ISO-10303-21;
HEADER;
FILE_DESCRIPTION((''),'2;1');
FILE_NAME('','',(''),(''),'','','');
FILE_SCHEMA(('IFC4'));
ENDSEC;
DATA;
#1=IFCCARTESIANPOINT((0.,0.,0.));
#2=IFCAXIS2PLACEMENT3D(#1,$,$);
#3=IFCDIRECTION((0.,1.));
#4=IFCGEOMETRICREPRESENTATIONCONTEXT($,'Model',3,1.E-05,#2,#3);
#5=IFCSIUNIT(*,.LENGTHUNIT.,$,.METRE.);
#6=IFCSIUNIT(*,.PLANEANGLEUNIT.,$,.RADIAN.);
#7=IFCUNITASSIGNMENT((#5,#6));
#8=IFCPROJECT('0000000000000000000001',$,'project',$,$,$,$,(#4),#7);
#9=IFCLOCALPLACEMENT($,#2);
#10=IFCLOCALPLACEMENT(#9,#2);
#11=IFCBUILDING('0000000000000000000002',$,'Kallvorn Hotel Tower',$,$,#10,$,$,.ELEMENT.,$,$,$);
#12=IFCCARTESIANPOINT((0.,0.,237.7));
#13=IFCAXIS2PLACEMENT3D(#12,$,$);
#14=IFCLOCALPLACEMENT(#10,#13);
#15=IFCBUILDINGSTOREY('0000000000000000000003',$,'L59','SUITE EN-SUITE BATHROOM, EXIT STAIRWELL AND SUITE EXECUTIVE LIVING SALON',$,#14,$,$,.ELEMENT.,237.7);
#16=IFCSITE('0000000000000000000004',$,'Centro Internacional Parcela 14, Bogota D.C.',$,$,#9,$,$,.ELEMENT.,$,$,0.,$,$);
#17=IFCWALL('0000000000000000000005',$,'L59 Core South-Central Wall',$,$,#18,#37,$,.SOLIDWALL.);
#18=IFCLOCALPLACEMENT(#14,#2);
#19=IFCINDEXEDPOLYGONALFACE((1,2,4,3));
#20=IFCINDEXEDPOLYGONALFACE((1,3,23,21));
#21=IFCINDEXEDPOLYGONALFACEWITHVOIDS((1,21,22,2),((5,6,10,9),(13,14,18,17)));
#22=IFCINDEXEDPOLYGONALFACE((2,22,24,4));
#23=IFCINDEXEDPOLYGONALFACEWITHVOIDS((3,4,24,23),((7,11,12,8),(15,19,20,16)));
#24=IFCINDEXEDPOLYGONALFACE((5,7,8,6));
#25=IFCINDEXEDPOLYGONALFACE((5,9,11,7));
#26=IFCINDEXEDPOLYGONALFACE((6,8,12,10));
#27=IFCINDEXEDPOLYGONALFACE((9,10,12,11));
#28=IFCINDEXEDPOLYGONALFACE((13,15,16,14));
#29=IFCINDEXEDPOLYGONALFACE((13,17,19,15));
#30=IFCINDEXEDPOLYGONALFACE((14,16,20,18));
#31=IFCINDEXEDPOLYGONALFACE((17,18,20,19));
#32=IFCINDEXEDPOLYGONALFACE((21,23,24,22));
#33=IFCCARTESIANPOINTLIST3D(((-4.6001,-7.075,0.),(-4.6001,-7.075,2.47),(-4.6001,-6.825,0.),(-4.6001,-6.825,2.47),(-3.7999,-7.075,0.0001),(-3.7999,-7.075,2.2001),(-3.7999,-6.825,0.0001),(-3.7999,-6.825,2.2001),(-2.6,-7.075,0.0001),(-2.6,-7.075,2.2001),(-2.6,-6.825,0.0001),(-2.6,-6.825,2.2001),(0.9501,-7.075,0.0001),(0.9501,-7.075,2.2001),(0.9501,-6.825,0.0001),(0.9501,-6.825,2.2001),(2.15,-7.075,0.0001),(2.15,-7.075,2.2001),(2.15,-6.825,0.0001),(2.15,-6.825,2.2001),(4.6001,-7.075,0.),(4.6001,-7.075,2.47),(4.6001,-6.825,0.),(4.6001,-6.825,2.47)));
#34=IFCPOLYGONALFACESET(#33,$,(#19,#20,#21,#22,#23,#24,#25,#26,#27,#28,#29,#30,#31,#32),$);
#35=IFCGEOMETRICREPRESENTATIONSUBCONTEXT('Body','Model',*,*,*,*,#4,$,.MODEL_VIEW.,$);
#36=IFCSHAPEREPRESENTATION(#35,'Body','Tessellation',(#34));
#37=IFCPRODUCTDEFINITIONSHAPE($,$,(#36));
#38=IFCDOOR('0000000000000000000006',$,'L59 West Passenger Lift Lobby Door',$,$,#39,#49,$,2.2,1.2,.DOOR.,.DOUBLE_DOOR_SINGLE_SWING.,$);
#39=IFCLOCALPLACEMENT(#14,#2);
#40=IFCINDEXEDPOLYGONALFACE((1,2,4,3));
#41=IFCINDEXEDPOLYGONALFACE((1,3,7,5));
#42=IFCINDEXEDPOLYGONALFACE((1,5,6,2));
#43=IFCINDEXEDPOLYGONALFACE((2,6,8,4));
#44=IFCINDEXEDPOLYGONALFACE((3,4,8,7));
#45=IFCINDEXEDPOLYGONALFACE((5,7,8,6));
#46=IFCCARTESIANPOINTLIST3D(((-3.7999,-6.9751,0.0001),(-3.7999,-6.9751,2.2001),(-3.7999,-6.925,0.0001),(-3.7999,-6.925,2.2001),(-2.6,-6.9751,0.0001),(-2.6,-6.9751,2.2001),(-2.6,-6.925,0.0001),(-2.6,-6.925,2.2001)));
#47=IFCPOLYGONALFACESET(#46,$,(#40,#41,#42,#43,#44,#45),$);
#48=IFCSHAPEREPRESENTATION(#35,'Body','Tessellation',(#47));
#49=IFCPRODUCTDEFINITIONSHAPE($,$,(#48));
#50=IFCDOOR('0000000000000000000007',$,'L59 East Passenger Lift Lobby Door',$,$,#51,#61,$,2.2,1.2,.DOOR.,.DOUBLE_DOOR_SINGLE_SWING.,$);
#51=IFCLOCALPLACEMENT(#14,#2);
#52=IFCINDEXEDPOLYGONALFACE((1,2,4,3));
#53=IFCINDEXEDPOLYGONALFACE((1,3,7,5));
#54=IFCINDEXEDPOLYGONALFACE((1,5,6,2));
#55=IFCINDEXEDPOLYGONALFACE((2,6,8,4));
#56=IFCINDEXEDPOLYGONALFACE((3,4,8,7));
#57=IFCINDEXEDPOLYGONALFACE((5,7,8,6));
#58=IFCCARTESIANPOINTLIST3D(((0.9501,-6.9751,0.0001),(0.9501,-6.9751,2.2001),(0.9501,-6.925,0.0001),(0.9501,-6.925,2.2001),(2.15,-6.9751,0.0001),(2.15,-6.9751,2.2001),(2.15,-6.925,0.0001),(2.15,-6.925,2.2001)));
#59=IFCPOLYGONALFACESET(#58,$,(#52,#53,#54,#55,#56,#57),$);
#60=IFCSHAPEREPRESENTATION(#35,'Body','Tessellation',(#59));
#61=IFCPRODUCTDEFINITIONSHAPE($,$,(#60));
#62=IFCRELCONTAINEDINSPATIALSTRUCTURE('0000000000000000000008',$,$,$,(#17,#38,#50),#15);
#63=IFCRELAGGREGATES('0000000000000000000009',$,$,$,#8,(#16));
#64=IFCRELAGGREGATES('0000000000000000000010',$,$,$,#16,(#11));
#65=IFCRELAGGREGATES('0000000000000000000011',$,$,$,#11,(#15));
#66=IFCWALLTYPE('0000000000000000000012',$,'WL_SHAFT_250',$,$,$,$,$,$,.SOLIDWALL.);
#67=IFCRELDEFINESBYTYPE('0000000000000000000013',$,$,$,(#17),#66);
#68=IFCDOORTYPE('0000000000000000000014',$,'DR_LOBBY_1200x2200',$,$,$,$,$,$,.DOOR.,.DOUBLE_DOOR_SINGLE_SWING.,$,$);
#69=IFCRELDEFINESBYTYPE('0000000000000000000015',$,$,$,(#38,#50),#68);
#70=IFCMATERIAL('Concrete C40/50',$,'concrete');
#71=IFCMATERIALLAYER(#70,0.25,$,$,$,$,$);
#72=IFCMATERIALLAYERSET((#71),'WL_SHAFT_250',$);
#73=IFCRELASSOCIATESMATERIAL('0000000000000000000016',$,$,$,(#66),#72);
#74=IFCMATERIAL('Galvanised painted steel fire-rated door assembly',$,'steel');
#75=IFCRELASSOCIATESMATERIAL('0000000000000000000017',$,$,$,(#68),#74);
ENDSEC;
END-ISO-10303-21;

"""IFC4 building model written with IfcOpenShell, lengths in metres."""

from ifc_helpers import new_model, si_unit, direction, frame, frame_2d, origin, place, context, subcontext, project, spatial, rectangle, extrude, material, layer, layer_set, type_object, element, fill, save


model = new_model("IFC4")

# Units and contexts
model_context = context("Model", 3, precision=1e-05, world=origin(), true_north=direction((0.0, 1.0)))
body_context = subcontext(model_context, "Body", "Model", "MODEL_VIEW")
ifc_project = project(units=[si_unit("LENGTHUNIT", "METRE"), si_unit("PLANEANGLEUNIT", "RADIAN")], contexts=[model_context])

# Site, building, storey
site_placement = place(None, origin())
site = spatial("IfcSite", under=ifc_project, at=site_placement, Name="Centro Internacional Parcela 14, Bogota D.C.", CompositionType="ELEMENT", RefElevation=0.0)
building_placement = place(site_placement, origin())
building = spatial("IfcBuilding", under=site, at=building_placement, Name="Kallvorn Hotel Tower", CompositionType="ELEMENT")
storey_placement = place(building_placement, frame((0.0, 0.0, 237.7)))
storey = spatial("IfcBuildingStorey", under=building, at=storey_placement, Name="L59", Description="SUITE EN-SUITE BATHROOM, EXIT STAIRWELL AND SUITE EXECUTIVE LIVING SALON", CompositionType="ELEMENT", Elevation=237.7)

# Wall, openings, doors
ifc_material_1 = material(Name="Concrete C40/50", Category="concrete")
ifc_layer_1 = layer(ifc_material_1, 0.25)
ifc_layer_set_1 = layer_set([ifc_layer_1], Name="WL_SHAFT_250")
wall_type_1 = type_object("IfcWallType", Name="WL_SHAFT_250", PredefinedType="SOLIDWALL", material=ifc_layer_set_1)
wall_1_placement = place(storey_placement, frame((-4.6001, -6.95, 0.0), z_axis=(0.0, 0.0, 1.0), x_axis=(1.0, 0.0, 0.0)))
wall_1 = element("IfcWall", 1, at=wall_1_placement, inside=storey, type_object=wall_type_1, Name="L59 Core South-Central Wall", PredefinedType="SOLIDWALL", context=body_context, shape_type="SweptSolid", body=[
    extrude(rectangle(XDim=9.2002, YDim=0.25, at=frame_2d((4.6001, 0.0))), origin(), (0.0, 0.0, 1.0), 2.47),
])
opening_1_placement = place(wall_1_placement, frame((0.8, 0.0, 0.0)))
opening_1 = element("IfcOpeningElement", 2, at=opening_1_placement, cuts=wall_1, PredefinedType="OPENING", context=body_context, shape_type="SweptSolid", body=[
    extrude(rectangle(XDim=1.2, YDim=2.2, at=frame_2d((0.6001, 1.1001))), frame((0.0, 0.1399, 0.0), z_axis=(0.0, -1.0, 0.0), x_axis=(1.0, 0.0, 0.0)), (0.0, 0.0, 1.0), 0.28),
])
opening_2_placement = place(wall_1_placement, frame((5.55, 0.0, 0.0)))
opening_2 = element("IfcOpeningElement", 3, at=opening_2_placement, cuts=wall_1, PredefinedType="OPENING", context=body_context, shape_type="SweptSolid", body=[
    extrude(rectangle(XDim=1.2, YDim=2.2, at=frame_2d((0.6001, 1.1001))), frame((0.0, 0.1399, 0.0), z_axis=(0.0, -1.0, 0.0), x_axis=(1.0, 0.0, 0.0)), (0.0, 0.0, 1.0), 0.28),
])
ifc_material_2 = material(Name="Galvanised painted steel fire-rated door assembly", Category="steel")
door_type_1 = type_object("IfcDoorType", Name="DR_LOBBY_1200x2200", OperationType="DOUBLE_DOOR_SINGLE_SWING", PredefinedType="DOOR", material=ifc_material_2)
door_1_placement = place(opening_1_placement, origin())
door_1 = element("IfcDoor", 4, at=door_1_placement, inside=storey, type_object=door_type_1, Name="L59 West Passenger Lift Lobby Door", OperationType="DOUBLE_DOOR_SINGLE_SWING", OverallHeight=2.2, OverallWidth=1.2, PredefinedType="DOOR", context=body_context, shape_type="SweptSolid", body=[
    extrude(rectangle(XDim=1.2, YDim=2.2, at=frame_2d((0.6001, 1.1001))), frame((0.0, 0.0249, 0.0), z_axis=(0.0, -1.0, 0.0), x_axis=(1.0, 0.0, 0.0)), (0.0, 0.0, 1.0), 0.05),
])
fill(opening_1, door_1)
door_2_placement = place(opening_2_placement, origin())
door_2 = element("IfcDoor", 5, at=door_2_placement, inside=storey, type_object=door_type_1, Name="L59 East Passenger Lift Lobby Door", OperationType="DOUBLE_DOOR_SINGLE_SWING", OverallHeight=2.2, OverallWidth=1.2, PredefinedType="DOOR", context=body_context, shape_type="SweptSolid", body=[
    extrude(rectangle(XDim=1.2, YDim=2.2, at=frame_2d((0.6001, 1.1001))), frame((0.0, 0.0249, 0.0), z_axis=(0.0, -1.0, 0.0), x_axis=(1.0, 0.0, 0.0)), (0.0, 0.0, 1.0), 0.05),
])
fill(opening_2, door_2)

save(model, "model.ifc")
